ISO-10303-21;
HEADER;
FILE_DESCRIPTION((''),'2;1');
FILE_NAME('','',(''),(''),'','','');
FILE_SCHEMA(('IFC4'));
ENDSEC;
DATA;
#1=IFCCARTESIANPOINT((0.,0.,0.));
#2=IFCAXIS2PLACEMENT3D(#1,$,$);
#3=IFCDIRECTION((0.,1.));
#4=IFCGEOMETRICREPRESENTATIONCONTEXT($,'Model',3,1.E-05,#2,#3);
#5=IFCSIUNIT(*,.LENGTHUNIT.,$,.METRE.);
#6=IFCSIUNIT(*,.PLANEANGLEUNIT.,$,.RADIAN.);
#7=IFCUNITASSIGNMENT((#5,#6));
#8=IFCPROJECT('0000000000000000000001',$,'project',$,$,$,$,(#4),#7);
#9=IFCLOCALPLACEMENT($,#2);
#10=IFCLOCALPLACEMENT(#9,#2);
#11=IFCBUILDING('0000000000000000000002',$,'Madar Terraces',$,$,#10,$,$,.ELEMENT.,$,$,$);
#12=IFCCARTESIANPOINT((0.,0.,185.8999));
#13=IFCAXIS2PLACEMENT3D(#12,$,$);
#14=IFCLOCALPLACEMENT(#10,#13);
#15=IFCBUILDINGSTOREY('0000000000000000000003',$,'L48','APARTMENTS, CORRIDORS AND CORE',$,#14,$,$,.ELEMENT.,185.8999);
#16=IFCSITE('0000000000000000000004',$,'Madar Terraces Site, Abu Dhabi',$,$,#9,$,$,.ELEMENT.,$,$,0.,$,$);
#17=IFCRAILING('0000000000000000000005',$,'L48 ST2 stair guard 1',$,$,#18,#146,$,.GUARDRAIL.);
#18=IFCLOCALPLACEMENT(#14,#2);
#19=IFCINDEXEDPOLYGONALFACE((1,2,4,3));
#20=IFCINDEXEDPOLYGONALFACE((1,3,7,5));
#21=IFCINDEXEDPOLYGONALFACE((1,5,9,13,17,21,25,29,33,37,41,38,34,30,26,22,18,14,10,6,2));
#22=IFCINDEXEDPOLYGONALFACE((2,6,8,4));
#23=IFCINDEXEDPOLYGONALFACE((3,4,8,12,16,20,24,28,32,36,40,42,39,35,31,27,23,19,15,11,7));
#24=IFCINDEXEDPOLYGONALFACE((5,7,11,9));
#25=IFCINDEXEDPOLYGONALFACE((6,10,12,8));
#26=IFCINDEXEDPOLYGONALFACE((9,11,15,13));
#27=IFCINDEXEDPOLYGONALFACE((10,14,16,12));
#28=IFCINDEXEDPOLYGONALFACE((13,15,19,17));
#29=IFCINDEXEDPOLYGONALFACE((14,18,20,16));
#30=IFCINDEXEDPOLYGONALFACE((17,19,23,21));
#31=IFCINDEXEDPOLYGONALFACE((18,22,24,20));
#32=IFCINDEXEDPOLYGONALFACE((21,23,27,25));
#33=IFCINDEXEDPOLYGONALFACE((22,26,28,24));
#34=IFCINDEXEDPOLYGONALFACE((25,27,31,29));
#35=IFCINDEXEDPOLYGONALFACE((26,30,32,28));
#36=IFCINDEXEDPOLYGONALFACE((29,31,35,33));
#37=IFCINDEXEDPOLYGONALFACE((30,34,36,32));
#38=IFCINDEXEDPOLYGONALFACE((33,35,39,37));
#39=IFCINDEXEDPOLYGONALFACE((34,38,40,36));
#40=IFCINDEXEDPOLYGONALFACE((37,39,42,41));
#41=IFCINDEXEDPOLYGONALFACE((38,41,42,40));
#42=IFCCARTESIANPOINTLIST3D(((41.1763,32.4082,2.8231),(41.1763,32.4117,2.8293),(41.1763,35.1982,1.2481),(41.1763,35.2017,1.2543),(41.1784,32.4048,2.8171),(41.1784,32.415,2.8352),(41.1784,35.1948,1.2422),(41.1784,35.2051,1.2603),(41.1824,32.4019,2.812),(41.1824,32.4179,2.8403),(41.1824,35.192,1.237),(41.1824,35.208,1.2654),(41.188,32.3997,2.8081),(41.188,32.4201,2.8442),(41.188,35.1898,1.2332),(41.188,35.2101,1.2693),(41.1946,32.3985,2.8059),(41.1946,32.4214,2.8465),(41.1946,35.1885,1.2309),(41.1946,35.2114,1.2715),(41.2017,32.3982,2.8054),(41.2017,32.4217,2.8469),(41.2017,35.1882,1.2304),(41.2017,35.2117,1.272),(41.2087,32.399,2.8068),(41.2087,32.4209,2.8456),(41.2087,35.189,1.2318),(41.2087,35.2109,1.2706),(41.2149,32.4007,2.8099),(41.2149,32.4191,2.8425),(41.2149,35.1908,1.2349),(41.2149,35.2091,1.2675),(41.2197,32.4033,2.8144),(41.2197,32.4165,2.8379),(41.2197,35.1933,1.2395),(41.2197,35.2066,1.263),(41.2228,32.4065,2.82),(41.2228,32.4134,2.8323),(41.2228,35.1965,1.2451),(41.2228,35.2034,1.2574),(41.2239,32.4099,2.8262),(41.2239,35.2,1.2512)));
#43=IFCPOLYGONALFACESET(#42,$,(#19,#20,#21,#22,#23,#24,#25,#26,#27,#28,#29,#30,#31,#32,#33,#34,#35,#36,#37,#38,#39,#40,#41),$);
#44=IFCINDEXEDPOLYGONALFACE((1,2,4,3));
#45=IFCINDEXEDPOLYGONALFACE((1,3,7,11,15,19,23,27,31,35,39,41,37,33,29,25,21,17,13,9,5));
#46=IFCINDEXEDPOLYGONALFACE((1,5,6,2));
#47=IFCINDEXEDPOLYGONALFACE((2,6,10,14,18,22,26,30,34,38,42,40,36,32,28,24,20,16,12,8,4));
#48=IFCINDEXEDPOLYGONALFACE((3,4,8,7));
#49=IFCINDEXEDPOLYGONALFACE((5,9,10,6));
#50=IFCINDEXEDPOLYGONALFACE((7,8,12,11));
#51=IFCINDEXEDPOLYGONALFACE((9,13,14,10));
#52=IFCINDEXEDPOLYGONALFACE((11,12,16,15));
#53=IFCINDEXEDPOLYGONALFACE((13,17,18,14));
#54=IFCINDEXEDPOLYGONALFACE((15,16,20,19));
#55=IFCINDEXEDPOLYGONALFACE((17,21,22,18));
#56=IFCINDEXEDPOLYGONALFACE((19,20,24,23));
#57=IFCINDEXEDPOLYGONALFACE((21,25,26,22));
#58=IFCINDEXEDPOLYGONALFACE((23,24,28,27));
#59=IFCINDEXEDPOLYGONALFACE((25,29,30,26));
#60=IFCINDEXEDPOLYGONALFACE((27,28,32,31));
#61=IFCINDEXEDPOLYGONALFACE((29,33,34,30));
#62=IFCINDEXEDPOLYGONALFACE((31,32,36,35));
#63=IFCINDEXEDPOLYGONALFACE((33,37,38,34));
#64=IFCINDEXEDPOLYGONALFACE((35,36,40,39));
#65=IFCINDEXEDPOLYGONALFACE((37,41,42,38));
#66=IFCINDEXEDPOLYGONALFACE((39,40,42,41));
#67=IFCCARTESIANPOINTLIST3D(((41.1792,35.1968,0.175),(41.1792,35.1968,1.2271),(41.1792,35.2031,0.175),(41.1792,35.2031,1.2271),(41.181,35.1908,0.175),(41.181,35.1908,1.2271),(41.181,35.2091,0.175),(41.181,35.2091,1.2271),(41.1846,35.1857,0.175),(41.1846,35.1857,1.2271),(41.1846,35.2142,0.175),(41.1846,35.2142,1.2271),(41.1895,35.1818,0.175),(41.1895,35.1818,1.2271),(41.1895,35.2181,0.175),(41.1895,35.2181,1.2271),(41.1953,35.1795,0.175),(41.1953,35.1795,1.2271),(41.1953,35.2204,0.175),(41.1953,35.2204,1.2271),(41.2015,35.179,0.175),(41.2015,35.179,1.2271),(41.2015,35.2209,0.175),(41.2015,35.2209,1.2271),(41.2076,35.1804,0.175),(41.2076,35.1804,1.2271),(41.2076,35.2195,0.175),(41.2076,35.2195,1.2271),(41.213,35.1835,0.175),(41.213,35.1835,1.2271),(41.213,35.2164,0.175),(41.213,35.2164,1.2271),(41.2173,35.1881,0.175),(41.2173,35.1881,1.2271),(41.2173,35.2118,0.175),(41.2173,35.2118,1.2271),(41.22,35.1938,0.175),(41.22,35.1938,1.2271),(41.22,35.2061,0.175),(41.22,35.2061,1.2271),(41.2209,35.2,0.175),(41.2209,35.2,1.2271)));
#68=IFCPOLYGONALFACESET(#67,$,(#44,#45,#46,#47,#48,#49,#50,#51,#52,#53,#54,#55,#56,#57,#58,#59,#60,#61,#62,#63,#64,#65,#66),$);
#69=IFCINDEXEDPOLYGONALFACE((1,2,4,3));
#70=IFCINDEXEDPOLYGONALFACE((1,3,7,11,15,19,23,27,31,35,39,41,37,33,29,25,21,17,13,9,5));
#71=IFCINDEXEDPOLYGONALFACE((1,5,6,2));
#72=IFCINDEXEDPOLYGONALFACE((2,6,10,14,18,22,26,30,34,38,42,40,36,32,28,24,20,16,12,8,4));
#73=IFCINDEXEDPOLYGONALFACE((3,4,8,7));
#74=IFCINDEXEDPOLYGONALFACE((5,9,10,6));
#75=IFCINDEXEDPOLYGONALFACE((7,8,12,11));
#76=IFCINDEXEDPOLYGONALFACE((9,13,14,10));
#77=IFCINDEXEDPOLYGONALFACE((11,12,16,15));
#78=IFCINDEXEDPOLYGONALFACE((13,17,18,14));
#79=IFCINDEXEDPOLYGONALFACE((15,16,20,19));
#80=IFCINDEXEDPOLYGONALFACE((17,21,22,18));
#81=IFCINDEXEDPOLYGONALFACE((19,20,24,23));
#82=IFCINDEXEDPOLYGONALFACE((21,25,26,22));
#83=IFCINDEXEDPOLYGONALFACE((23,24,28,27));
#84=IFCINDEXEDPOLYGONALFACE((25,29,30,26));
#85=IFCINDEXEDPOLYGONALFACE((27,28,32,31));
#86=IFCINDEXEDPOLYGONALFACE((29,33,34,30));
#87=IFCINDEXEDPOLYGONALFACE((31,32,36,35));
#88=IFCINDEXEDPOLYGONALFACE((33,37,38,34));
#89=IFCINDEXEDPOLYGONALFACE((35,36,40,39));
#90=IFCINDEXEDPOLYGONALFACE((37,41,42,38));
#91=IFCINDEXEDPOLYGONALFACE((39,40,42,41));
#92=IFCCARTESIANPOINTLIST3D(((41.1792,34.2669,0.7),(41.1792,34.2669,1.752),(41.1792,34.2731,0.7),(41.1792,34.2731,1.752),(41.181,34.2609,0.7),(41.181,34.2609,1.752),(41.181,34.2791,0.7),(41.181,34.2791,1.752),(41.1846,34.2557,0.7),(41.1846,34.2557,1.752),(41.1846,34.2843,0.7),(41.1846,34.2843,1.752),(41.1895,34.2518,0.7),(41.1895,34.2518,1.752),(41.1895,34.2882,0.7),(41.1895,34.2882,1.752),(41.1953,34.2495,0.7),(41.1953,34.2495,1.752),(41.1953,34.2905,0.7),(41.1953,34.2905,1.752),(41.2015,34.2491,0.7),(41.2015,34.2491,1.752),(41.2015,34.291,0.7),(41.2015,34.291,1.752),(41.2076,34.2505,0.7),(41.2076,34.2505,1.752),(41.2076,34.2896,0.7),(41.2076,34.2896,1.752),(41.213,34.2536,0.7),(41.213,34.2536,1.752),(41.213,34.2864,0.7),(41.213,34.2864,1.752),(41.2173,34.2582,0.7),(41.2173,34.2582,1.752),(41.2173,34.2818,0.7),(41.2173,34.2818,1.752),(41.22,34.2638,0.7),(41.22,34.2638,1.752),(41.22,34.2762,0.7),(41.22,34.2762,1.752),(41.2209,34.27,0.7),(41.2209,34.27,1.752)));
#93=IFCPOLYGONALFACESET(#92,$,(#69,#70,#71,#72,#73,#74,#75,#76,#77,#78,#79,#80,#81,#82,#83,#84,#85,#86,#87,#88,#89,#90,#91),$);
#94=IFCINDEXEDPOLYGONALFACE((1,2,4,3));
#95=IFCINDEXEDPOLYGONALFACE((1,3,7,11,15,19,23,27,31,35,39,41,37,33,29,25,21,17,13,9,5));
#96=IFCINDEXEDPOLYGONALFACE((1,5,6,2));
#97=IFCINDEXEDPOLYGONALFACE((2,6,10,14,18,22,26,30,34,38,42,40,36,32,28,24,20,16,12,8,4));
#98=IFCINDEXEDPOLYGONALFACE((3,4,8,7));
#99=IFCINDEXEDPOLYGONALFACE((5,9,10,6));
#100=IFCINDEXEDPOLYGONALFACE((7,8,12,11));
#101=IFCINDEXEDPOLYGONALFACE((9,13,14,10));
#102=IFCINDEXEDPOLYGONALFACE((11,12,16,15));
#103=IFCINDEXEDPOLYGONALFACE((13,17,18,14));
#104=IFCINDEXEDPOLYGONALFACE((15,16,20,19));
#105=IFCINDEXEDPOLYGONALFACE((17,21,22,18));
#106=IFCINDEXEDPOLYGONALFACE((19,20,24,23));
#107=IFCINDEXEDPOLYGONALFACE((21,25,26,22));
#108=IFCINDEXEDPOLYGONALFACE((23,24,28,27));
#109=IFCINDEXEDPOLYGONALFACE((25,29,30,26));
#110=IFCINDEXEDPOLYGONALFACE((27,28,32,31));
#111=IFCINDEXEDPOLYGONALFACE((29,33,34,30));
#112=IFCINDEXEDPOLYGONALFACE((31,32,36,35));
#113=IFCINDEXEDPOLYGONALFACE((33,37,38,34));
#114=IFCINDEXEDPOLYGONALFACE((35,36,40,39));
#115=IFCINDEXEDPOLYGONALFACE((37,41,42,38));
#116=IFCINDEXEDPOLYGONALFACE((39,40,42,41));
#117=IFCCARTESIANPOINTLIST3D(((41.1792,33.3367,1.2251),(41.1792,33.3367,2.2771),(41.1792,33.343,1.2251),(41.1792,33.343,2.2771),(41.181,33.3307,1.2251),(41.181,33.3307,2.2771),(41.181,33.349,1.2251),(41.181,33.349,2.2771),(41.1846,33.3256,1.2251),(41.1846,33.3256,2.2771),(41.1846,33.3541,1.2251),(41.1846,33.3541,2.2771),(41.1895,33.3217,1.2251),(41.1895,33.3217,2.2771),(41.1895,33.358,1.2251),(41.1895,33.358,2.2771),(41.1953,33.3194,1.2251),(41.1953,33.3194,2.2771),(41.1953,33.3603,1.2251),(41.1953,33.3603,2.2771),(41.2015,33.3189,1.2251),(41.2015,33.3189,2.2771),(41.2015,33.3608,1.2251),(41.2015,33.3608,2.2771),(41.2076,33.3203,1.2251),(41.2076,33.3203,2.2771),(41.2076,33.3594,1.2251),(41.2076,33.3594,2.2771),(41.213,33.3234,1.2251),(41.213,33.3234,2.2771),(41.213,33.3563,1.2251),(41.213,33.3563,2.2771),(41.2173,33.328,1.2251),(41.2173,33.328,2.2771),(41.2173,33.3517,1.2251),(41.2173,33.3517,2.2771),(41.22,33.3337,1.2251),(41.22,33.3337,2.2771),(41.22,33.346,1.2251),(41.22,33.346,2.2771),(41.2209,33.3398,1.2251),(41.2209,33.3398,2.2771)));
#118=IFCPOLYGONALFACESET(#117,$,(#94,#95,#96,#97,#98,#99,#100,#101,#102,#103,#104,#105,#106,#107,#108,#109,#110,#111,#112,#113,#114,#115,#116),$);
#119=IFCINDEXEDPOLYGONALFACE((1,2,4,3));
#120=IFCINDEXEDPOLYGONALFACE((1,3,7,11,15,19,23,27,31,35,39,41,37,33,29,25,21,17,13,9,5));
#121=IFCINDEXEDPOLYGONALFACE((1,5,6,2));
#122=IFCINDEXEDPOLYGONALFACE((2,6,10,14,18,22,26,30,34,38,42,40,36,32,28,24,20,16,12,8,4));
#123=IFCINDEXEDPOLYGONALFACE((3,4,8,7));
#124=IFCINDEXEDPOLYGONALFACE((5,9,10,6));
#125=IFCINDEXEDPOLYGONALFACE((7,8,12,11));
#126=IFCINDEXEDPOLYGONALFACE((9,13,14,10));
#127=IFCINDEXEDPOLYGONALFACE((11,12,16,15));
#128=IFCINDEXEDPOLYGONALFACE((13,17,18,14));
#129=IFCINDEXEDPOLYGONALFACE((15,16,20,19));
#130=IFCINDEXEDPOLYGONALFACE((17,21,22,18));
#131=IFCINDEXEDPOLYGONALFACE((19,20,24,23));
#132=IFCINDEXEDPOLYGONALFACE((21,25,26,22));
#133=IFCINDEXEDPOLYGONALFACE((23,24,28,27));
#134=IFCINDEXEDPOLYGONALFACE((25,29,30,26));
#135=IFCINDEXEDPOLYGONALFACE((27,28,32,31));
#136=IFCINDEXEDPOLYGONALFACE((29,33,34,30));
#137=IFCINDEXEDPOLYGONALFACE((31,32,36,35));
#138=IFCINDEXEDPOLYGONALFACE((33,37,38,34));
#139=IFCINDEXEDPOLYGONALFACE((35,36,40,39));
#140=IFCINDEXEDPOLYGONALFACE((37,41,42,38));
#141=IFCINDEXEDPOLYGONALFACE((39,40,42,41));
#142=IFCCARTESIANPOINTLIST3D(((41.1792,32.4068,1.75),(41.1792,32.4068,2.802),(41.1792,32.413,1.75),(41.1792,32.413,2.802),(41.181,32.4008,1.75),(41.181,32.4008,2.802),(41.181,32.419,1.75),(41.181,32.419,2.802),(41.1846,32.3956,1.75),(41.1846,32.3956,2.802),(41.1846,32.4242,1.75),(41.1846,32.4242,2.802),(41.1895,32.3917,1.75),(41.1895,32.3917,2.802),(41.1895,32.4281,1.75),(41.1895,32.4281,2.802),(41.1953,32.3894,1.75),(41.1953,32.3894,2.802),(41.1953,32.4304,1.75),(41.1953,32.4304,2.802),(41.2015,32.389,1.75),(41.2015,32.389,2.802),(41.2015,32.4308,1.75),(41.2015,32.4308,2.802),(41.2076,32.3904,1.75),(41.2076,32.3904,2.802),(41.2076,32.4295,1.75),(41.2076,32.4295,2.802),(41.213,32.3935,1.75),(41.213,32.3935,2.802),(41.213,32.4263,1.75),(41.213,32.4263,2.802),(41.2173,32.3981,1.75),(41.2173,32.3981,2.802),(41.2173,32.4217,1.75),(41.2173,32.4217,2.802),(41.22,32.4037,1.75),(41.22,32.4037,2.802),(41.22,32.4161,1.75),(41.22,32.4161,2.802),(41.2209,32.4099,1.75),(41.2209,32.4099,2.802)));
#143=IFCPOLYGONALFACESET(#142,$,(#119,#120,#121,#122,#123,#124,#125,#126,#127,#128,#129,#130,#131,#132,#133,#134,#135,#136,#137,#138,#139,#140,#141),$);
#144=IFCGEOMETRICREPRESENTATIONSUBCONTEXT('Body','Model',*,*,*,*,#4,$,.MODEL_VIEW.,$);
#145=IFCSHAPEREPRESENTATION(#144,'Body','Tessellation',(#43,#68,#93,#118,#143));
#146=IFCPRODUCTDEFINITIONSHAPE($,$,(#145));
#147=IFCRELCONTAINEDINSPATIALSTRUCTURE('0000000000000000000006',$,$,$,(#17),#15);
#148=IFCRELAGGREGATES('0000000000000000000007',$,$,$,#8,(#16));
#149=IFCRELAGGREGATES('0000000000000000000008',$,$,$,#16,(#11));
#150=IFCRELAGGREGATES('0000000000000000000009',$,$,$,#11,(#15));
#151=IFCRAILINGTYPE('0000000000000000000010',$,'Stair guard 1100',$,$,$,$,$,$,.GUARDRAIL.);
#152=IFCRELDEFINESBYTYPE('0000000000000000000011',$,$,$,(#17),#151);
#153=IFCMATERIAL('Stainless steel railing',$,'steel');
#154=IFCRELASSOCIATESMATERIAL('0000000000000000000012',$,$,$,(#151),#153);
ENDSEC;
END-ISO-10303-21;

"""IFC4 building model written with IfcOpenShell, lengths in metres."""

from ifc_helpers import new_model, si_unit, direction, frame, origin, origin_2d, place, context, subcontext, project, spatial, circle, extrude, material, type_object, element, save


model = new_model("IFC4")

# Units and contexts
model_context = context("Model", 3, precision=1e-05, world=origin(), true_north=direction((0.0, 1.0)))
body_context = subcontext(model_context, "Body", "Model", "MODEL_VIEW")
ifc_project = project(units=[si_unit("LENGTHUNIT", "METRE"), si_unit("PLANEANGLEUNIT", "RADIAN")], contexts=[model_context])

# Site, building, storey
site_placement = place(None, origin())
site = spatial("IfcSite", under=ifc_project, at=site_placement, Name="Madar Terraces Site, Abu Dhabi", CompositionType="ELEMENT", RefElevation=0.0)
building_placement = place(site_placement, origin())
building = spatial("IfcBuilding", under=site, at=building_placement, Name="Madar Terraces", CompositionType="ELEMENT")
storey_placement = place(building_placement, frame((0.0, 0.0, 185.8999)))
storey = spatial("IfcBuildingStorey", under=building, at=storey_placement, Name="L48", Description="APARTMENTS, CORRIDORS AND CORE", CompositionType="ELEMENT", Elevation=185.8999)

# Railing
ifc_material_1 = material(Name="Stainless steel railing", Category="steel")
railing_type_1 = type_object("IfcRailingType", Name="Stair guard 1100", PredefinedType="GUARDRAIL", material=ifc_material_1)
railing_1_placement = place(storey_placement, frame((41.2, 35.2, 0.175)))
element("IfcRailing", 1, at=railing_1_placement, inside=storey, type_object=railing_type_1, Name="L48 ST2 stair guard 1", PredefinedType="GUARDRAIL", context=body_context, shape_type="SweptSolid", body=[
    extrude(circle(Radius=0.0239, at=origin_2d()), frame((0.0, 0.0, 1.0762), z_axis=(0.0, -0.870834, 0.491578), x_axis=(1.0, 0.0, 0.0)), (0.0, 0.0, 1.0), 3.2039),
    extrude(circle(Radius=0.021, at=origin_2d()), origin(), (0.0, 0.0, 1.0), 1.052),
    extrude(circle(Radius=0.021, at=origin_2d()), frame((0.0, -0.9299, 0.5249)), (0.0, 0.0, 1.0), 1.052),
    extrude(circle(Radius=0.021, at=origin_2d()), frame((0.0, -1.8601, 1.05)), (0.0, 0.0, 1.0), 1.052),
    extrude(circle(Radius=0.021, at=origin_2d()), frame((0.0, -2.79, 1.575)), (0.0, 0.0, 1.0), 1.052),
])

save(model, "model.ifc")
